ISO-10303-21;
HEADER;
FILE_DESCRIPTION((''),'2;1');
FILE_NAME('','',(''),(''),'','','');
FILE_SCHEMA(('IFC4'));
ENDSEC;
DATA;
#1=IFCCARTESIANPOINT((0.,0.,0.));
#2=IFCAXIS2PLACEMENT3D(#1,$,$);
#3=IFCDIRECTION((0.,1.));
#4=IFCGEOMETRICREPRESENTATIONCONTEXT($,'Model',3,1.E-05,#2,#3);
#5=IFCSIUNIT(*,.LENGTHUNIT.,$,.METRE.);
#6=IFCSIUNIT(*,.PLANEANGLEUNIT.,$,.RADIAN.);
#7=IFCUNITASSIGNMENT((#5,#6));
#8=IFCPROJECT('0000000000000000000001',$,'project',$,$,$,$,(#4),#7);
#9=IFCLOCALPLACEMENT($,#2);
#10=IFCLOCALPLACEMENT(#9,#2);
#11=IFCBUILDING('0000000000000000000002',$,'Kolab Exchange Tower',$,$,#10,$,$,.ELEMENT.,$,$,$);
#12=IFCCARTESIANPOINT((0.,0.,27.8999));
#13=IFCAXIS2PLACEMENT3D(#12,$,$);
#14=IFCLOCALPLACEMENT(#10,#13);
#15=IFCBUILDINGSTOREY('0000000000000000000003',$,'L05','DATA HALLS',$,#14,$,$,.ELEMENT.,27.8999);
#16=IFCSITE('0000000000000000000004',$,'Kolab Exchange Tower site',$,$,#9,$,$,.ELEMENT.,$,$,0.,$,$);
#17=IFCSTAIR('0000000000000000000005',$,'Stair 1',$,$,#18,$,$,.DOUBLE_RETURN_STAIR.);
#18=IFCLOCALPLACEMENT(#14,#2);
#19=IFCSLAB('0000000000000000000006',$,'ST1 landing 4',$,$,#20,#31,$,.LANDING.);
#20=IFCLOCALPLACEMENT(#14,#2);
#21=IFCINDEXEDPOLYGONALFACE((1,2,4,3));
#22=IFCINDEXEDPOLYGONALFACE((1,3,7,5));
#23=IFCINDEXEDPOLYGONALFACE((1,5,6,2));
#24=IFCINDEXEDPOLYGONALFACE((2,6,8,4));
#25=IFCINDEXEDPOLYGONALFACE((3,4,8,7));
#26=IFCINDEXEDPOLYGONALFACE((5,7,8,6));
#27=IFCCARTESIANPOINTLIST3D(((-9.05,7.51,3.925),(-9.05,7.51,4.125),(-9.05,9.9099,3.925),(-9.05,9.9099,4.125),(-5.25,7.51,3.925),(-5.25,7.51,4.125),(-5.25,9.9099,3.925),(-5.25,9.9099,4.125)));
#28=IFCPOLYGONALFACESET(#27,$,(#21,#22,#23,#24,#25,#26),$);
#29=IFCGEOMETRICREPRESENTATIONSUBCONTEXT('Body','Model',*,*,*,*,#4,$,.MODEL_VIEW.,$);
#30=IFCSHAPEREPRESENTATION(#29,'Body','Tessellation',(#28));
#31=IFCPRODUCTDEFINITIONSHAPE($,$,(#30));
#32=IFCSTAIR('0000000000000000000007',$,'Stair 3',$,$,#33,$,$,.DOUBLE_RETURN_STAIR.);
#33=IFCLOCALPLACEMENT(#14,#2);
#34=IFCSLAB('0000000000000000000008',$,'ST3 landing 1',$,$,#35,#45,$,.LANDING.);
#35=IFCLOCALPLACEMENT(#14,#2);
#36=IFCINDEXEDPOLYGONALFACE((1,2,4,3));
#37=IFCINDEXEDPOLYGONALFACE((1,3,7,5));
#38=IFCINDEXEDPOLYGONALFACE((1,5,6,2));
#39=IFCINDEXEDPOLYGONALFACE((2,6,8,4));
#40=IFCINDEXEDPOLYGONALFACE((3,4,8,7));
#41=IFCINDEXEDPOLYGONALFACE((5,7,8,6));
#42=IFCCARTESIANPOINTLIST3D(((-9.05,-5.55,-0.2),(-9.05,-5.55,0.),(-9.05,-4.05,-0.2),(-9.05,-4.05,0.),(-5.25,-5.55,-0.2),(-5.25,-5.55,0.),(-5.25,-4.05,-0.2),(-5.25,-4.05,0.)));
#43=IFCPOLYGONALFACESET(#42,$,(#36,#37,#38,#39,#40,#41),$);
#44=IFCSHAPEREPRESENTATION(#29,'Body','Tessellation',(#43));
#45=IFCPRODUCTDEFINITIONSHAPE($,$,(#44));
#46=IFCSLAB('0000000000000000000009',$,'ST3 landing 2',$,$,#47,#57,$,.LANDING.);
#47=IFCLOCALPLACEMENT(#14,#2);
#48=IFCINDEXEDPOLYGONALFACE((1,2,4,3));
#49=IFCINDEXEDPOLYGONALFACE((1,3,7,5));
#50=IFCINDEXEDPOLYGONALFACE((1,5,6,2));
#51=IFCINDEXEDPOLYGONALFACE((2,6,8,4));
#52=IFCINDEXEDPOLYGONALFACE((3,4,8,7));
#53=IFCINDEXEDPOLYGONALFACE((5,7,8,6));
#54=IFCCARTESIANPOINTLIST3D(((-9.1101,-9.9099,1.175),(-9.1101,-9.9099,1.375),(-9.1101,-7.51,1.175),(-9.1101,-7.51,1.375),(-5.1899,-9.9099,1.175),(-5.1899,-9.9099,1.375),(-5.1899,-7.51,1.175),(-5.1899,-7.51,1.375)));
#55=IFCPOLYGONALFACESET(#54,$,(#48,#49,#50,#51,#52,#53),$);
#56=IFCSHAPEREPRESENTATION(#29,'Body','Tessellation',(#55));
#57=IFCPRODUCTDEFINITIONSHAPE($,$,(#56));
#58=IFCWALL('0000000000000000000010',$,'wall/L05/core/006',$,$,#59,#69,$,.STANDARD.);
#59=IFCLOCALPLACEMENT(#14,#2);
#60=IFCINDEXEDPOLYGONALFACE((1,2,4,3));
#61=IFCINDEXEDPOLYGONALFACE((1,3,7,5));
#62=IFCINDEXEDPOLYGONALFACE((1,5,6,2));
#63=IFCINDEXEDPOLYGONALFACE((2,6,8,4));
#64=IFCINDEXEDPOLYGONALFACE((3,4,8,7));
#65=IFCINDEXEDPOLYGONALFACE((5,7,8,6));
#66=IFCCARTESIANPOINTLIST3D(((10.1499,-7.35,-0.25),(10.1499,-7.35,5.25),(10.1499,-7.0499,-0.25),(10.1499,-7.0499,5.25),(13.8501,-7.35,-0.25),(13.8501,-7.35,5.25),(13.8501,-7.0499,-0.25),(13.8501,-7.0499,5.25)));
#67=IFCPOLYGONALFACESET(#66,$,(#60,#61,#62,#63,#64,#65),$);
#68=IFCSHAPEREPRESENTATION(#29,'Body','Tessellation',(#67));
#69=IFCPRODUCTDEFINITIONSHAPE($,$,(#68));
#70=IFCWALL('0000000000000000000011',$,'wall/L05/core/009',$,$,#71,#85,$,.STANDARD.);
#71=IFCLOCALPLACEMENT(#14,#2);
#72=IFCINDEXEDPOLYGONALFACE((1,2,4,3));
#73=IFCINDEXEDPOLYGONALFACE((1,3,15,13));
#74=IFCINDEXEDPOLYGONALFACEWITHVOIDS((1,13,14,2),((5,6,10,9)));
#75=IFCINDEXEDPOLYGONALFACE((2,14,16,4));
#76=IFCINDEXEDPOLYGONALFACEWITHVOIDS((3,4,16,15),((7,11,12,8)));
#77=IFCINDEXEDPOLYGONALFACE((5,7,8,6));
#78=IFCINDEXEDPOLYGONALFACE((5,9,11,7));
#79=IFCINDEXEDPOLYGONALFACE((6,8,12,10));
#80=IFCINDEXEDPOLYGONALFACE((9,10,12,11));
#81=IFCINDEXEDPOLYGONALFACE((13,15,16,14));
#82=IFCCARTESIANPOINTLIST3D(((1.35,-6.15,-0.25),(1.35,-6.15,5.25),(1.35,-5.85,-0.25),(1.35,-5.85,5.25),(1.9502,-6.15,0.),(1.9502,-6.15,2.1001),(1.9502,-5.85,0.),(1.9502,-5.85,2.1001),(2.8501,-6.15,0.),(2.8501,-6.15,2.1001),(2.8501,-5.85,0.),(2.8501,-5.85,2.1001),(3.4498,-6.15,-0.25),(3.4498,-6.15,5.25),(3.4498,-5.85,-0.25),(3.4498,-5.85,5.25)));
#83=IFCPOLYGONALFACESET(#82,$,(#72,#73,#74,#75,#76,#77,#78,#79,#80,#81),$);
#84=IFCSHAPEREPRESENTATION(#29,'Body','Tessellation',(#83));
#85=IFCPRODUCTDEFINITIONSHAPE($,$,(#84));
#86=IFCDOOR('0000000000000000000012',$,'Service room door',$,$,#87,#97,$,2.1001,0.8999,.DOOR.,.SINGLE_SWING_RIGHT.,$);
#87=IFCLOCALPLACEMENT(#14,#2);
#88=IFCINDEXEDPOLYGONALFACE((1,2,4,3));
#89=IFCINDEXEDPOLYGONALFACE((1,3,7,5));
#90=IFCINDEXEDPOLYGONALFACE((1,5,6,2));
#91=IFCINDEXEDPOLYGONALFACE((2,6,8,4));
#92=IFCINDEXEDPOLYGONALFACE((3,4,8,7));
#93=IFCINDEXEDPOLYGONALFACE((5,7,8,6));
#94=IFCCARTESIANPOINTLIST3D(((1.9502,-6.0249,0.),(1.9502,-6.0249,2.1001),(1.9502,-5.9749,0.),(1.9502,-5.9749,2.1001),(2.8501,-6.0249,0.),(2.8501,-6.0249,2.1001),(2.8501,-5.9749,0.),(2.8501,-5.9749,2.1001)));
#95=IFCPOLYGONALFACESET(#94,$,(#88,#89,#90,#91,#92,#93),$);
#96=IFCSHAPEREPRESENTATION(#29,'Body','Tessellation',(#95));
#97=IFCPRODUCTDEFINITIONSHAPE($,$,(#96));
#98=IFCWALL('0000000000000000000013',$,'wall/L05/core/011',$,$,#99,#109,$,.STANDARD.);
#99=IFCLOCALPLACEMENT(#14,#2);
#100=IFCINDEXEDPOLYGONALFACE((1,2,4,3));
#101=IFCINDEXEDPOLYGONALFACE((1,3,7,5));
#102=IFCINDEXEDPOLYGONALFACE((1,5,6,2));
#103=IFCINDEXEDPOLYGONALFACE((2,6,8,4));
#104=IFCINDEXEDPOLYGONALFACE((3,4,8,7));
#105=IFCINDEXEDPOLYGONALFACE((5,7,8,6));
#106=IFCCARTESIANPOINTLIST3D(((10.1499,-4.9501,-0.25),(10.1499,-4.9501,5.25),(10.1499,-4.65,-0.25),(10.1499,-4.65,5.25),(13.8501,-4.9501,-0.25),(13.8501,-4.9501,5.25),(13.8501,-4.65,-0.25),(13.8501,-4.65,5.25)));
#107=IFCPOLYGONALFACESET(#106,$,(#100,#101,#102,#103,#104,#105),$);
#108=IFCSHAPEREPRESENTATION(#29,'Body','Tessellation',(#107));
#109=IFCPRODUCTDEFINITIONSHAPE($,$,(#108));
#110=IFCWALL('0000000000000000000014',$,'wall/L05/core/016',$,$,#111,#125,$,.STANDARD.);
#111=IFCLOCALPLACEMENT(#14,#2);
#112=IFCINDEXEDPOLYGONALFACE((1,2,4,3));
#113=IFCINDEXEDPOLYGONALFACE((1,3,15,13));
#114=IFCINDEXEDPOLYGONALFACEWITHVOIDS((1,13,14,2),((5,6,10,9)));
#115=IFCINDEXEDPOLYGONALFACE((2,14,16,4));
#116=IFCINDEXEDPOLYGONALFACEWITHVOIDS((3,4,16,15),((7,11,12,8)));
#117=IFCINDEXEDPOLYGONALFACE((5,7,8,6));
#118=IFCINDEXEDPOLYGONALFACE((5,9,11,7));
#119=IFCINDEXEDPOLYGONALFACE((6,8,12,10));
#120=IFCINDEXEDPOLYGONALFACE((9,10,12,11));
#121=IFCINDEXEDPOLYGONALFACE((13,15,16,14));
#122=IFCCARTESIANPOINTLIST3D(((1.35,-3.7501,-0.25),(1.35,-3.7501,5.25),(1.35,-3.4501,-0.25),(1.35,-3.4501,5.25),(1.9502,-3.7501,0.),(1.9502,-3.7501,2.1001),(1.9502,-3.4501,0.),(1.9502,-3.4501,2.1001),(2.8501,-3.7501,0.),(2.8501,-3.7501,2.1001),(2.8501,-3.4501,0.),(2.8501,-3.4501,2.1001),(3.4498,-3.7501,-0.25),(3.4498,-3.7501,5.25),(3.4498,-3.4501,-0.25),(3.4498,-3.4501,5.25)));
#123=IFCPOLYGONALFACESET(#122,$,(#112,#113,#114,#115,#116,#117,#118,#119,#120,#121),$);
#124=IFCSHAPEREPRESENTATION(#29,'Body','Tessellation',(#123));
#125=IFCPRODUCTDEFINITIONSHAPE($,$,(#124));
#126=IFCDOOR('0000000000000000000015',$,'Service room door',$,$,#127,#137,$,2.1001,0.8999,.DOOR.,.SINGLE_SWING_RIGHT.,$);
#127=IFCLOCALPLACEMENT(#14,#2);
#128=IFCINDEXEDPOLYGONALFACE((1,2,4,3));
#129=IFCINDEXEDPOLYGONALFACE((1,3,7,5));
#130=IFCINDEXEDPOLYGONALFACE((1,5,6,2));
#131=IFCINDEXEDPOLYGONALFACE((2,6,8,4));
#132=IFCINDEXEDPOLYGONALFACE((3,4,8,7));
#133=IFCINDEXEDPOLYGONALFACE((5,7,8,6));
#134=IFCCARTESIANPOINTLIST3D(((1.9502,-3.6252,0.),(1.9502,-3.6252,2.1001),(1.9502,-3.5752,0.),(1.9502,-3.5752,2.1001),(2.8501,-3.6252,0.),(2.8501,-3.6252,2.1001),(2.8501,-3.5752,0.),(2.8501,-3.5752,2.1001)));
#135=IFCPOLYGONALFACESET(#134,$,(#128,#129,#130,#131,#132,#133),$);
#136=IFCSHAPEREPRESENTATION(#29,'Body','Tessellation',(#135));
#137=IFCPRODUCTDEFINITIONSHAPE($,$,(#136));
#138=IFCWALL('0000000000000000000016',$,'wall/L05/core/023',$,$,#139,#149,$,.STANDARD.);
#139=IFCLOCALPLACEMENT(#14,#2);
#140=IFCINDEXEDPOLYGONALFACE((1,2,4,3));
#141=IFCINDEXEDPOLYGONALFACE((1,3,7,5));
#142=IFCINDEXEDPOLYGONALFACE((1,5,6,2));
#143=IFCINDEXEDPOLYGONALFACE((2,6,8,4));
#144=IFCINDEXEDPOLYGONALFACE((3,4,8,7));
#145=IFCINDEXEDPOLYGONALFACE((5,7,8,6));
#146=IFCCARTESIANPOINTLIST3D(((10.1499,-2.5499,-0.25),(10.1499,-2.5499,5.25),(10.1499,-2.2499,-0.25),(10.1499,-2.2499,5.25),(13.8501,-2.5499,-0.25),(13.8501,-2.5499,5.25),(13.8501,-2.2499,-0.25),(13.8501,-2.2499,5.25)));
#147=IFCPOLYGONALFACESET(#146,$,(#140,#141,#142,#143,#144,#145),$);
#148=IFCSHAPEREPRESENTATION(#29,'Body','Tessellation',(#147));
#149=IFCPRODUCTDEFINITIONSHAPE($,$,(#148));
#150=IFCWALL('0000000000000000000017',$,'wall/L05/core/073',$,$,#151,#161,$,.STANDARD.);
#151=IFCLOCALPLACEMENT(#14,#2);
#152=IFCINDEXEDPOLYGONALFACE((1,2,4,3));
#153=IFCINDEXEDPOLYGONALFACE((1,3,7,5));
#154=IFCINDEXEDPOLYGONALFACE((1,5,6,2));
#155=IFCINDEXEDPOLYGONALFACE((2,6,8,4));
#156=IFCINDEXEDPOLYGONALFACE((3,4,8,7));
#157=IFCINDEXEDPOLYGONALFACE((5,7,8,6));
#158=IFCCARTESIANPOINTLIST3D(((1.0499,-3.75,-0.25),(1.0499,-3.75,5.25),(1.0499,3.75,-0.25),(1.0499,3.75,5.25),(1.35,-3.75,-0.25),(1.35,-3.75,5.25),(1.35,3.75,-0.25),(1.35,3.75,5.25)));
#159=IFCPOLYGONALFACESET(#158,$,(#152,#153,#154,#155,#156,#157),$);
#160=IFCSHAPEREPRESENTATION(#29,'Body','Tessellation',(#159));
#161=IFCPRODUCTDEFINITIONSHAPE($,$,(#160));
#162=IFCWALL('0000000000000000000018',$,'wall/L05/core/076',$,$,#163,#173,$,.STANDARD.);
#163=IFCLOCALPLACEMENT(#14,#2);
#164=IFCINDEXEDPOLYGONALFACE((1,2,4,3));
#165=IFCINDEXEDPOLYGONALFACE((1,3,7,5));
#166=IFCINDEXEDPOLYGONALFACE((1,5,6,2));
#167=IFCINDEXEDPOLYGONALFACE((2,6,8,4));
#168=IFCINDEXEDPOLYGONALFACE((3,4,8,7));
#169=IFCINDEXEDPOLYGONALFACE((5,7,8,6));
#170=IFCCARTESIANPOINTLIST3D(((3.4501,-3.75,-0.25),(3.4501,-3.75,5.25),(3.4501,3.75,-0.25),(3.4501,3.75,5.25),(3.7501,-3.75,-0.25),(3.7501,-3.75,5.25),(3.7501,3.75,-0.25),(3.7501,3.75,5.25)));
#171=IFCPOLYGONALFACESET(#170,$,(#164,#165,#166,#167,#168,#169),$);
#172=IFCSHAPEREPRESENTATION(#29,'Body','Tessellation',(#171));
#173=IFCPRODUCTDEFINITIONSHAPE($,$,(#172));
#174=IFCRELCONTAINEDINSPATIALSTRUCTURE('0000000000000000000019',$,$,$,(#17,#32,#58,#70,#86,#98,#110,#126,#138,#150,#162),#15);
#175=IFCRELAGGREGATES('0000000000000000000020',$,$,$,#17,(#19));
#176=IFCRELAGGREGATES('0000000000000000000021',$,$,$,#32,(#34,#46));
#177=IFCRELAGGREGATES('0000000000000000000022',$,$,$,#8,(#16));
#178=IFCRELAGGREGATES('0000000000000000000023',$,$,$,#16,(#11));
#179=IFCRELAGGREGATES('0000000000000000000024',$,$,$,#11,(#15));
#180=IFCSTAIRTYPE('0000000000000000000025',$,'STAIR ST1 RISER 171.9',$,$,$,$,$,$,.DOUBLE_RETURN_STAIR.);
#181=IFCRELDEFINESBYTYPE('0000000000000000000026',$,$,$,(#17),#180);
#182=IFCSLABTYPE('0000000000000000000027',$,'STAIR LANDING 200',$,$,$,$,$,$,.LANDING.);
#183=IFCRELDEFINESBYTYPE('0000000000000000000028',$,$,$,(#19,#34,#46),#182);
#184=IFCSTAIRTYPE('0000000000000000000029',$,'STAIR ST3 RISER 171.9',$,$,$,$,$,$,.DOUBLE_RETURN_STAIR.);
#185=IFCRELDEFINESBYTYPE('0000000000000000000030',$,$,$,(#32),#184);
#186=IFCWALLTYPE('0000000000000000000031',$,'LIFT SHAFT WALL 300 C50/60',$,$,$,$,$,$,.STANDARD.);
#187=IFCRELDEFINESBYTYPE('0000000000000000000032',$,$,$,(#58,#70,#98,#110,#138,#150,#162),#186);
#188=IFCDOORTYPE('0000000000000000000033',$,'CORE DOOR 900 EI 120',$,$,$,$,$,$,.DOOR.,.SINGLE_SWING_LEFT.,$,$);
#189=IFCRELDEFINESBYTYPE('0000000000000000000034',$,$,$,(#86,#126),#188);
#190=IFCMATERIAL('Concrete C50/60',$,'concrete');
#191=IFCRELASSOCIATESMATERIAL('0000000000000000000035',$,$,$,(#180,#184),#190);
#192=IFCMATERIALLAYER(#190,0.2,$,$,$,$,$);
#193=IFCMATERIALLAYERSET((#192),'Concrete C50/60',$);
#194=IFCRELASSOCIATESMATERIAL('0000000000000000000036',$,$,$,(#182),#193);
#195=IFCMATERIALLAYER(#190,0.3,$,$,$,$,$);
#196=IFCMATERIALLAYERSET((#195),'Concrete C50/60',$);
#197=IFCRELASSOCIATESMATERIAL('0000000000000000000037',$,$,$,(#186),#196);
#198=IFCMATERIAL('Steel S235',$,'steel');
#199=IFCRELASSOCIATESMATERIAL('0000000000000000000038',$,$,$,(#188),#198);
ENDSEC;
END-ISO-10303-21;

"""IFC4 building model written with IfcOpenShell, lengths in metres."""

from ifc_helpers import new_model, si_unit, direction, frame, frame_2d, origin, place, context, subcontext, project, spatial, polyline, rectangle, outline, extrude, material, layer, layer_set, type_object, element, fill, aggregate, save


model = new_model("IFC4")

# Units and contexts
model_context = context("Model", 3, precision=1e-05, world=origin(), true_north=direction((0.0, 1.0)))
body_context = subcontext(model_context, "Body", "Model", "MODEL_VIEW")
ifc_project = project(units=[si_unit("LENGTHUNIT", "METRE"), si_unit("PLANEANGLEUNIT", "RADIAN")], contexts=[model_context])

# Site, building, storey
site_placement = place(None, origin())
site = spatial("IfcSite", under=ifc_project, at=site_placement, Name="Kolab Exchange Tower site", CompositionType="ELEMENT", RefElevation=0.0)
building_placement = place(site_placement, origin())
building = spatial("IfcBuilding", under=site, at=building_placement, Name="Kolab Exchange Tower", CompositionType="ELEMENT")
storey_placement = place(building_placement, frame((0.0, 0.0, 27.8999)))
storey = spatial("IfcBuildingStorey", under=building, at=storey_placement, Name="L05", Description="DATA HALLS", CompositionType="ELEMENT", Elevation=27.8999)

# Stair, slab
ifc_material_1 = material(Name="Concrete C50/60", Category="concrete")
stair_type_1 = type_object("IfcStairType", Name="STAIR ST1 RISER 171.9", PredefinedType="DOUBLE_RETURN_STAIR", material=ifc_material_1)
stair_1_placement = place(storey_placement, origin())
stair_1 = element("IfcStair", 1, at=stair_1_placement, inside=storey, type_object=stair_type_1, Name="Stair 1", PredefinedType="DOUBLE_RETURN_STAIR")
ifc_layer_1 = layer(ifc_material_1, 0.2)
ifc_layer_set_1 = layer_set([ifc_layer_1], Name="Concrete C50/60")
slab_type = type_object("IfcSlabType", Name="STAIR LANDING 200", PredefinedType="LANDING", material=ifc_layer_set_1)
slab_1_placement = place(storey_placement, frame((0.0, 0.0, 3.925)))
slab_1 = element("IfcSlab", 2, at=slab_1_placement, type_object=slab_type, Name="ST1 landing 4", PredefinedType="LANDING", context=body_context, shape_type="SweptSolid", body=[
    extrude(outline(polyline([(-9.05, 7.51), (-5.25, 7.51), (-5.25, 9.9099), (-9.05, 9.9099), (-9.05, 7.51)])), origin(), (0.0, 0.0, 1.0), 0.2),
])
aggregate(stair_1, [slab_1])

# Stair, slabs
stair_type_2 = type_object("IfcStairType", Name="STAIR ST3 RISER 171.9", PredefinedType="DOUBLE_RETURN_STAIR", material=ifc_material_1)
stair_2_placement = place(storey_placement, origin())
stair_2 = element("IfcStair", 3, at=stair_2_placement, inside=storey, type_object=stair_type_2, Name="Stair 3", PredefinedType="DOUBLE_RETURN_STAIR")
slab_2_placement = place(storey_placement, frame((0.0, 0.0, -0.2)))
slab_2 = element("IfcSlab", 4, at=slab_2_placement, type_object=slab_type, Name="ST3 landing 1", PredefinedType="LANDING", context=body_context, shape_type="SweptSolid", body=[
    extrude(outline(polyline([(-9.05, -5.55), (-5.25, -5.55), (-5.25, -4.05), (-9.05, -4.05), (-9.05, -5.55)])), origin(), (0.0, 0.0, 1.0), 0.2),
])
slab_3_placement = place(storey_placement, frame((0.0, 0.0, 1.175)))
slab_3 = element("IfcSlab", 5, at=slab_3_placement, type_object=slab_type, Name="ST3 landing 2", PredefinedType="LANDING", context=body_context, shape_type="SweptSolid", body=[
    extrude(outline(polyline([(-9.1101, -9.9099), (-5.1899, -9.9099), (-5.1899, -7.51), (-9.1101, -7.51), (-9.1101, -9.9099)])), origin(), (0.0, 0.0, 1.0), 0.2),
])
aggregate(stair_2, [slab_2, slab_3])

# Wall
ifc_layer_2 = layer(ifc_material_1, 0.3)
ifc_layer_set_2 = layer_set([ifc_layer_2], Name="Concrete C50/60")
wall_type_1 = type_object("IfcWallType", Name="LIFT SHAFT WALL 300 C50/60", PredefinedType="STANDARD", material=ifc_layer_set_2)
wall_1_placement = place(storey_placement, frame((10.1499, -7.2, -0.25), z_axis=(0.0, 0.0, 1.0), x_axis=(1.0, 0.0, 0.0)))
element("IfcWall", 6, at=wall_1_placement, inside=storey, type_object=wall_type_1, Name="wall/L05/core/006", PredefinedType="STANDARD", context=body_context, shape_type="SweptSolid", body=[
    extrude(rectangle(XDim=3.7002, YDim=0.3, at=frame_2d((1.8501, 0.0))), origin(), (0.0, 0.0, 1.0), 5.5),
])

# Wall, opening, door
wall_2_placement = place(storey_placement, frame((1.3501, -6.0, -0.25), z_axis=(0.0, 0.0, 1.0), x_axis=(1.0, 0.0, 0.0)))
wall_2 = element("IfcWall", 7, at=wall_2_placement, inside=storey, type_object=wall_type_1, Name="wall/L05/core/009", PredefinedType="STANDARD", context=body_context, shape_type="SweptSolid", body=[
    extrude(rectangle(XDim=2.0999, YDim=0.3, at=frame_2d((1.0498, 0.0))), origin(), (0.0, 0.0, 1.0), 5.5),
])
opening_1_placement = place(wall_2_placement, frame((0.6001, 0.0, 0.25)))
opening_1 = element("IfcOpeningElement", 8, at=opening_1_placement, cuts=wall_2, PredefinedType="OPENING", context=body_context, shape_type="SweptSolid", body=[
    extrude(rectangle(XDim=0.8999, YDim=2.1001, at=frame_2d((0.45, 1.05))), frame((0.0, 0.1602, 0.0), z_axis=(0.0, -1.0, 0.0), x_axis=(1.0, 0.0, 0.0)), (0.0, 0.0, 1.0), 0.3201),
])
ifc_material_2 = material(Name="Steel S235", Category="steel")
door_type_1 = type_object("IfcDoorType", Name="CORE DOOR 900 EI 120", OperationType="SINGLE_SWING_LEFT", PredefinedType="DOOR", material=ifc_material_2)
door_1_placement = place(opening_1_placement, frame((0.8999, 0.0, 0.0), z_axis=(0.0, 0.0, 1.0), x_axis=(-1.0, 0.0, 0.0)))
door_1 = element("IfcDoor", 9, at=door_1_placement, inside=storey, type_object=door_type_1, Name="Service room door", OperationType="SINGLE_SWING_RIGHT", OverallHeight=2.1001, OverallWidth=0.8999, PredefinedType="DOOR", context=body_context, shape_type="SweptSolid", body=[
    extrude(rectangle(XDim=0.8999, YDim=2.1001, at=frame_2d((0.45, 1.05))), frame((0.0, 0.0249, 0.0), z_axis=(0.0, -1.0, 0.0), x_axis=(1.0, 0.0, 0.0)), (0.0, 0.0, 1.0), 0.05),
])
fill(opening_1, door_1)

# Wall
wall_3_placement = place(storey_placement, frame((10.1499, -4.8, -0.25), z_axis=(0.0, 0.0, 1.0), x_axis=(1.0, 0.0, 0.0)))
element("IfcWall", 10, at=wall_3_placement, inside=storey, type_object=wall_type_1, Name="wall/L05/core/011", PredefinedType="STANDARD", context=body_context, shape_type="SweptSolid", body=[
    extrude(rectangle(XDim=3.7002, YDim=0.3, at=frame_2d((1.8501, 0.0))), origin(), (0.0, 0.0, 1.0), 5.5),
])

# Wall, opening, door
wall_4_placement = place(storey_placement, frame((1.3501, -3.6001, -0.25), z_axis=(0.0, 0.0, 1.0), x_axis=(1.0, 0.0, 0.0)))
wall_4 = element("IfcWall", 11, at=wall_4_placement, inside=storey, type_object=wall_type_1, Name="wall/L05/core/016", PredefinedType="STANDARD", context=body_context, shape_type="SweptSolid", body=[
    extrude(rectangle(XDim=2.0999, YDim=0.3, at=frame_2d((1.0498, 0.0))), origin(), (0.0, 0.0, 1.0), 5.5),
])
opening_2_placement = place(wall_4_placement, frame((0.6001, 0.0, 0.25)))
opening_2 = element("IfcOpeningElement", 12, at=opening_2_placement, cuts=wall_4, PredefinedType="OPENING", context=body_context, shape_type="SweptSolid", body=[
    extrude(rectangle(XDim=0.8999, YDim=2.1001, at=frame_2d((0.45, 1.05))), frame((0.0, 0.1602, 0.0), z_axis=(0.0, -1.0, 0.0), x_axis=(1.0, 0.0, 0.0)), (0.0, 0.0, 1.0), 0.3201),
])
door_2_placement = place(opening_2_placement, origin())
door_2 = element("IfcDoor", 13, at=door_2_placement, inside=storey, type_object=door_type_1, Name="Service room door", OperationType="SINGLE_SWING_RIGHT", OverallHeight=2.1001, OverallWidth=0.8999, PredefinedType="DOOR", context=body_context, shape_type="SweptSolid", body=[
    extrude(rectangle(XDim=0.8999, YDim=2.1001, at=frame_2d((0.45, 1.05))), frame((0.0, 0.0249, 0.0), z_axis=(0.0, -1.0, 0.0), x_axis=(1.0, 0.0, 0.0)), (0.0, 0.0, 1.0), 0.05),
])
fill(opening_2, door_2)

# Walls
wall_5_placement = place(storey_placement, frame((10.1499, -2.3999, -0.25), z_axis=(0.0, 0.0, 1.0), x_axis=(1.0, 0.0, 0.0)))
element("IfcWall", 14, at=wall_5_placement, inside=storey, type_object=wall_type_1, Name="wall/L05/core/023", PredefinedType="STANDARD", context=body_context, shape_type="SweptSolid", body=[
    extrude(rectangle(XDim=3.7002, YDim=0.3, at=frame_2d((1.8501, 0.0))), origin(), (0.0, 0.0, 1.0), 5.5),
])
for number, where, z_axis, x_axis, name in (
    (15, (1.2, -3.75, -0.25), (0.0, 0.0, 1.0), (0.0, 1.0, 0.0), "wall/L05/core/073"),
    (16, (3.6001, -3.75, -0.25), (0.0, 0.0, 1.0), (0.0, 1.0, 0.0), "wall/L05/core/076"),
):
    element("IfcWall", number, at=place(storey_placement, frame(where, z_axis=z_axis, x_axis=x_axis)), inside=storey, type_object=wall_type_1, Name=name, PredefinedType="STANDARD", context=body_context, shape_type="SweptSolid", body=[
        extrude(rectangle(XDim=7.5, YDim=0.3, at=frame_2d((3.75, 0.0))), origin(), (0.0, 0.0, 1.0), 5.5),
    ])

save(model, "model.ifc")
